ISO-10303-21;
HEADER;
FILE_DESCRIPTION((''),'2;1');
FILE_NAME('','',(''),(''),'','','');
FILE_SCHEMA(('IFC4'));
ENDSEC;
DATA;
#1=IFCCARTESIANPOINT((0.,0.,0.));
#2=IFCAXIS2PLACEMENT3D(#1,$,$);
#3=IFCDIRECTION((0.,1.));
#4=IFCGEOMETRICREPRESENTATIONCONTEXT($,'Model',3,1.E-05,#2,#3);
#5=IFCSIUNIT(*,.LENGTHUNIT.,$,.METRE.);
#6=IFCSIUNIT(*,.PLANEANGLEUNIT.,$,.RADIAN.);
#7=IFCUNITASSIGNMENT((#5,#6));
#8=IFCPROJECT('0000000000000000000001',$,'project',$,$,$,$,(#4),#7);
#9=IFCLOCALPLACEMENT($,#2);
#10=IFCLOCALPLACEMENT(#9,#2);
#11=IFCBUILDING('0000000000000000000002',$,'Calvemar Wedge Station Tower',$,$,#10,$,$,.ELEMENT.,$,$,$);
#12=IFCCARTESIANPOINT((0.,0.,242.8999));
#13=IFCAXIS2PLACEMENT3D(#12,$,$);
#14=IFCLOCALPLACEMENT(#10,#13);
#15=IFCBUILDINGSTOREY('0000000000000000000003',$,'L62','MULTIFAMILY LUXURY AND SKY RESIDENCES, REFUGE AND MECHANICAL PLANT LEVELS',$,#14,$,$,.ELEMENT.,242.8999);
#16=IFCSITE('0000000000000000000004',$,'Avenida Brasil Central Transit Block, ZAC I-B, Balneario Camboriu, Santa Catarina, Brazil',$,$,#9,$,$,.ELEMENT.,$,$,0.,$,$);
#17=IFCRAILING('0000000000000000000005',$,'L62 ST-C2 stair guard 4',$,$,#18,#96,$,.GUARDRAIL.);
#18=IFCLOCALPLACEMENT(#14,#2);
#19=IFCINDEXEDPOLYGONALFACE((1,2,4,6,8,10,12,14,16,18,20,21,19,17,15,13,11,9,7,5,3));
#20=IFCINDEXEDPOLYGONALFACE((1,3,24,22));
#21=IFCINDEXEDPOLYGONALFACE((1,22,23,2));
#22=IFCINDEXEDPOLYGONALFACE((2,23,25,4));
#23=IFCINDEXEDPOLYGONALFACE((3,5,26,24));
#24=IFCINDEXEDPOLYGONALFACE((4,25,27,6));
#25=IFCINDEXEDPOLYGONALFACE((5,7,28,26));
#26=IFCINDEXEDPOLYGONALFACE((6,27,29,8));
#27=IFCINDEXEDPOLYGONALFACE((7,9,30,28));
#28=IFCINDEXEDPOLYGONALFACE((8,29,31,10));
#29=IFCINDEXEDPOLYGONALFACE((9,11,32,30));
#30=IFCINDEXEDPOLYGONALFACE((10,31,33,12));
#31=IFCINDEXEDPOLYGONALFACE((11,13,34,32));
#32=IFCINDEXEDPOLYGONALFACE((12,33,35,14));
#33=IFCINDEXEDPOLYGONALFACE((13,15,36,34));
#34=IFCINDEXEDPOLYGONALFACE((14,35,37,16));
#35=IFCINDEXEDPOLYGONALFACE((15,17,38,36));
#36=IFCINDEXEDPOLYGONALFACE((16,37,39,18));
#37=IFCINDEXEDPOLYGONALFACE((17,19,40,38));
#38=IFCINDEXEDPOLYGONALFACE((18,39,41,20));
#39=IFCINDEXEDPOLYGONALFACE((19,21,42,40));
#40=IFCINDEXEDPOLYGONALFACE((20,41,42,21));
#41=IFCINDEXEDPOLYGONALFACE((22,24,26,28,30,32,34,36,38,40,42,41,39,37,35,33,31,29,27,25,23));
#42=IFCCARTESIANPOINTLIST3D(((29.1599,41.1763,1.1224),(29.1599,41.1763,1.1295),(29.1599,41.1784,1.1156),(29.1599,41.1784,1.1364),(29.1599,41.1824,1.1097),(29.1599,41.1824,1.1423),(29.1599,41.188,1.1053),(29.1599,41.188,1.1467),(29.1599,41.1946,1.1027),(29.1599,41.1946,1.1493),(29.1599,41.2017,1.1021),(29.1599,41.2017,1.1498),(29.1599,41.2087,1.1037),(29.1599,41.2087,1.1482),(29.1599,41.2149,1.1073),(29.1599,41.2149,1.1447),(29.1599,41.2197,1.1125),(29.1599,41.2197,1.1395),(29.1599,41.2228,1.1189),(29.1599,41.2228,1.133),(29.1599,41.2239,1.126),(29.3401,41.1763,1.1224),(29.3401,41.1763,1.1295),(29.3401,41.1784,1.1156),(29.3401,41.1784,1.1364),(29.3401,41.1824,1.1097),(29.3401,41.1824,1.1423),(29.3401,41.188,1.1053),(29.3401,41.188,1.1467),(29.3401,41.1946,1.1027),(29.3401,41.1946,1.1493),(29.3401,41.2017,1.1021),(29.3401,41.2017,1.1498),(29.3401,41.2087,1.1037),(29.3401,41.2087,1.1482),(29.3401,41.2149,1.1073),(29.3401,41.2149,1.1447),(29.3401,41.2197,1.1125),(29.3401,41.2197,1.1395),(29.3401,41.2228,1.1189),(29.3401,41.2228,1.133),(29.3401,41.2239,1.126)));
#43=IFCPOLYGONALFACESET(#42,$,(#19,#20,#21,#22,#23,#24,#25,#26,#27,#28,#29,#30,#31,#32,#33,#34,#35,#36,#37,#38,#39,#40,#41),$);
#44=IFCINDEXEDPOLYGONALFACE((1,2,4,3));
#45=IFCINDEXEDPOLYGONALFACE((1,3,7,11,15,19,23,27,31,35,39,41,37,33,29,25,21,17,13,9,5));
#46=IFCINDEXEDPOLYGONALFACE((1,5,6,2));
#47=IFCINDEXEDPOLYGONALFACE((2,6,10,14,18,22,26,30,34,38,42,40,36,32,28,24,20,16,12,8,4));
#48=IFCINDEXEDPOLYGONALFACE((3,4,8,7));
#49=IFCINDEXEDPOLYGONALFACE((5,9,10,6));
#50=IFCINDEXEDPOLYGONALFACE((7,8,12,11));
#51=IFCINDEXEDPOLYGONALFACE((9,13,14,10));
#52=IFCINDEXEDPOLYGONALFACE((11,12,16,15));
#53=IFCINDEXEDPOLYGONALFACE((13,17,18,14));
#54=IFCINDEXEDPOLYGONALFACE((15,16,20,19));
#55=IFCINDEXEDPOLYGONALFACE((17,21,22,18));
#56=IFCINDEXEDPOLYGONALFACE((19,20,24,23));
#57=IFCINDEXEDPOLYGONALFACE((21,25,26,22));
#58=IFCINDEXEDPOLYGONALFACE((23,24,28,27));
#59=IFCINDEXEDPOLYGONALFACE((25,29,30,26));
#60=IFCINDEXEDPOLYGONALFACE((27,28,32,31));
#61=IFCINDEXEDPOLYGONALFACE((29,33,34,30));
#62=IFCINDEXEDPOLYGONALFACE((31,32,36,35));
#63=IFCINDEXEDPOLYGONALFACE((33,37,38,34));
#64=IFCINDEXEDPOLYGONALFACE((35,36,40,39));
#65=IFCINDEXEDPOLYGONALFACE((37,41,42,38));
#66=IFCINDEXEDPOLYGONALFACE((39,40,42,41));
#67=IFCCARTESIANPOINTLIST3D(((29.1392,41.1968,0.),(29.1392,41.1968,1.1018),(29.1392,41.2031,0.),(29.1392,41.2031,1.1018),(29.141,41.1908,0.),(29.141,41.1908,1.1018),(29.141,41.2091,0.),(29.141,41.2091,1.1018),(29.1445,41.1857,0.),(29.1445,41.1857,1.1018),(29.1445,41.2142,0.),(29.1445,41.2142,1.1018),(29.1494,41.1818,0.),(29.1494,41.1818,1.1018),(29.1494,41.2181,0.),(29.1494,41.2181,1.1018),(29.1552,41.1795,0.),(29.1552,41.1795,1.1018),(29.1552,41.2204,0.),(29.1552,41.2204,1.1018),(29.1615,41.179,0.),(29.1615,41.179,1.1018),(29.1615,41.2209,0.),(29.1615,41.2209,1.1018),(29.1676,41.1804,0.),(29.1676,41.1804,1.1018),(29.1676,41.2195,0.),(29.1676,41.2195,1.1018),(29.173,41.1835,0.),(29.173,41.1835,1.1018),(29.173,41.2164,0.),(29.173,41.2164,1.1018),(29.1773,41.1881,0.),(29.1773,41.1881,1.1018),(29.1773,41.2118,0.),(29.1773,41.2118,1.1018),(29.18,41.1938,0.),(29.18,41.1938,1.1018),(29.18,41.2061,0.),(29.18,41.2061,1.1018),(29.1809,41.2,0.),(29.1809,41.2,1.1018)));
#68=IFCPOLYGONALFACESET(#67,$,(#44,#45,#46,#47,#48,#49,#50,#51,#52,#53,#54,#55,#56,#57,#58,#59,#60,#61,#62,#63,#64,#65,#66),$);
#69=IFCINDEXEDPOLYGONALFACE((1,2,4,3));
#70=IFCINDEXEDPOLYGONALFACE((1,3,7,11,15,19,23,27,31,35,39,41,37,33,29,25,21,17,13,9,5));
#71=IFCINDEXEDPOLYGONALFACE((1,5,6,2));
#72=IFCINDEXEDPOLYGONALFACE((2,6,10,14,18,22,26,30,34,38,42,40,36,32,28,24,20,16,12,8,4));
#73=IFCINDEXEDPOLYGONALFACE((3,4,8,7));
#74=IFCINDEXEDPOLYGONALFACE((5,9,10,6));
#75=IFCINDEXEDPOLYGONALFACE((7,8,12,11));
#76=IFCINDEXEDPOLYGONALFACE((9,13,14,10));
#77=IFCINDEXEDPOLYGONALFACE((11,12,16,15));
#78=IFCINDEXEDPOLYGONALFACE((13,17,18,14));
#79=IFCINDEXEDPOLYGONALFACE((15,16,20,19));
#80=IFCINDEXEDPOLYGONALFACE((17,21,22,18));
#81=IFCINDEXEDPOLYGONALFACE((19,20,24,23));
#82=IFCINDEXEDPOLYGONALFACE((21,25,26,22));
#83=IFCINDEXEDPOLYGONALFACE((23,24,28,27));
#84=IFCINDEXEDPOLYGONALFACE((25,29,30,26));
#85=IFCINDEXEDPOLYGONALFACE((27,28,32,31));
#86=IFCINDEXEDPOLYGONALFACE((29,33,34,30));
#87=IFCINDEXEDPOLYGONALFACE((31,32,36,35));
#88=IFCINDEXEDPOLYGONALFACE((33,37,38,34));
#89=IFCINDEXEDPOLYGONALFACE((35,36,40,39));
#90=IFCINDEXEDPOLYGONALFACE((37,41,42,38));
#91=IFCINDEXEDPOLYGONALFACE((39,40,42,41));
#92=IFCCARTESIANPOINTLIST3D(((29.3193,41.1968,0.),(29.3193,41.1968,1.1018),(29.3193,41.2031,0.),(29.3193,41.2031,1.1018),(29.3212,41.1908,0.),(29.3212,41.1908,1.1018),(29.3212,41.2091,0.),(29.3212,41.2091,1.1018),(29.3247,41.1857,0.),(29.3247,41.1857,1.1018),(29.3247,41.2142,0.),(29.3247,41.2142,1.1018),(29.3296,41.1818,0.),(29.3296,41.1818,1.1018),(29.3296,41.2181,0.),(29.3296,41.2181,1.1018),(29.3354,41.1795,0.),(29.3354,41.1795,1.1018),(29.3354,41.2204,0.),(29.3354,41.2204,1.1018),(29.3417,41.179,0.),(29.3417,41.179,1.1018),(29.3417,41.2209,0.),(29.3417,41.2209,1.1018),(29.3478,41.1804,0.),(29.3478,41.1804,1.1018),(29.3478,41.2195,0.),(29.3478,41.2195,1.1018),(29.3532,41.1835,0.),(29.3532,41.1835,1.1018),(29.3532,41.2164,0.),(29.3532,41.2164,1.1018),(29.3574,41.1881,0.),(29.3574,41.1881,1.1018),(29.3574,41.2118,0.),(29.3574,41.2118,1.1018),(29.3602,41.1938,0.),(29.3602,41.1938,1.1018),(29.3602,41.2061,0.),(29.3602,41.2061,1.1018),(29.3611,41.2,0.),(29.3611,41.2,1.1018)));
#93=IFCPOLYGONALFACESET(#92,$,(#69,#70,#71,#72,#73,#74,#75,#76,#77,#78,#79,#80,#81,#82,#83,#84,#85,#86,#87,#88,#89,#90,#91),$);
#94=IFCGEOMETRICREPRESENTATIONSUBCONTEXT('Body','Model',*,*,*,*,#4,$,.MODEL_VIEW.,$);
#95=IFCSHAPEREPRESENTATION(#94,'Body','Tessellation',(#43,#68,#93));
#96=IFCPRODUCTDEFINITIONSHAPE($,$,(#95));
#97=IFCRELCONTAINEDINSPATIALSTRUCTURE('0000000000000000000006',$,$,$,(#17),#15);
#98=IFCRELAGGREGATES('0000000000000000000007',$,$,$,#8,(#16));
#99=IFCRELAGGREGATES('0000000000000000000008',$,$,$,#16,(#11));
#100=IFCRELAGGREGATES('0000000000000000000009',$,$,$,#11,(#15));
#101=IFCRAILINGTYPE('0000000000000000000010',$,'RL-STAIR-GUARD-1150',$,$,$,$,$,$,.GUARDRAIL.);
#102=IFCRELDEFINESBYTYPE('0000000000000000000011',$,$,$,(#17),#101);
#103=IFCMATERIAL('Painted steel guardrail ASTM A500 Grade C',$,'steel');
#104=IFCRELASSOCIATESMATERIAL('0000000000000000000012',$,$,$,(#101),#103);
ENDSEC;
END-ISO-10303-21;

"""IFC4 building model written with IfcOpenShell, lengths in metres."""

from ifc_helpers import new_model, si_unit, direction, frame, origin, origin_2d, place, context, subcontext, project, spatial, circle, extrude, material, type_object, element, save


model = new_model("IFC4")

# Units and contexts
model_context = context("Model", 3, precision=1e-05, world=origin(), true_north=direction((0.0, 1.0)))
body_context = subcontext(model_context, "Body", "Model", "MODEL_VIEW")
ifc_project = project(units=[si_unit("LENGTHUNIT", "METRE"), si_unit("PLANEANGLEUNIT", "RADIAN")], contexts=[model_context])

# Site, building, storey
site_placement = place(None, origin())
site = spatial("IfcSite", under=ifc_project, at=site_placement, Name="Avenida Brasil Central Transit Block, ZAC I-B, Balneario Camboriu, Santa Catarina, Brazil", CompositionType="ELEMENT", RefElevation=0.0)
building_placement = place(site_placement, origin())
building = spatial("IfcBuilding", under=site, at=building_placement, Name="Calvemar Wedge Station Tower", CompositionType="ELEMENT")
storey_placement = place(building_placement, frame((0.0, 0.0, 242.8999)))
storey = spatial("IfcBuildingStorey", under=building, at=storey_placement, Name="L62", Description="MULTIFAMILY LUXURY AND SKY RESIDENCES, REFUGE AND MECHANICAL PLANT LEVELS", CompositionType="ELEMENT", Elevation=242.8999)

# Railing
ifc_material_1 = material(Name="Painted steel guardrail ASTM A500 Grade C", Category="steel")
railing_type_1 = type_object("IfcRailingType", Name="RL-STAIR-GUARD-1150", PredefinedType="GUARDRAIL", material=ifc_material_1)
railing_1_placement = place(storey_placement, frame((29.1599, 41.2, 0.0)))
element("IfcRailing", 1, at=railing_1_placement, inside=storey, type_object=railing_type_1, Name="L62 ST-C2 stair guard 4", PredefinedType="GUARDRAIL", context=body_context, shape_type="SweptSolid", body=[
    extrude(circle(Radius=0.0239, at=origin_2d()), frame((0.0, 0.0, 1.126), z_axis=(1.0, 0.0, 0.0), x_axis=(0.0, 1.0, 0.0)), (0.0, 0.0, 1.0), 0.1802),
    extrude(circle(Radius=0.021, at=origin_2d()), origin(), (0.0, 0.0, 1.0), 1.1018),
    extrude(circle(Radius=0.021, at=origin_2d()), frame((0.1802, 0.0, 0.0)), (0.0, 0.0, 1.0), 1.1018),
])

save(model, "model.ifc")
